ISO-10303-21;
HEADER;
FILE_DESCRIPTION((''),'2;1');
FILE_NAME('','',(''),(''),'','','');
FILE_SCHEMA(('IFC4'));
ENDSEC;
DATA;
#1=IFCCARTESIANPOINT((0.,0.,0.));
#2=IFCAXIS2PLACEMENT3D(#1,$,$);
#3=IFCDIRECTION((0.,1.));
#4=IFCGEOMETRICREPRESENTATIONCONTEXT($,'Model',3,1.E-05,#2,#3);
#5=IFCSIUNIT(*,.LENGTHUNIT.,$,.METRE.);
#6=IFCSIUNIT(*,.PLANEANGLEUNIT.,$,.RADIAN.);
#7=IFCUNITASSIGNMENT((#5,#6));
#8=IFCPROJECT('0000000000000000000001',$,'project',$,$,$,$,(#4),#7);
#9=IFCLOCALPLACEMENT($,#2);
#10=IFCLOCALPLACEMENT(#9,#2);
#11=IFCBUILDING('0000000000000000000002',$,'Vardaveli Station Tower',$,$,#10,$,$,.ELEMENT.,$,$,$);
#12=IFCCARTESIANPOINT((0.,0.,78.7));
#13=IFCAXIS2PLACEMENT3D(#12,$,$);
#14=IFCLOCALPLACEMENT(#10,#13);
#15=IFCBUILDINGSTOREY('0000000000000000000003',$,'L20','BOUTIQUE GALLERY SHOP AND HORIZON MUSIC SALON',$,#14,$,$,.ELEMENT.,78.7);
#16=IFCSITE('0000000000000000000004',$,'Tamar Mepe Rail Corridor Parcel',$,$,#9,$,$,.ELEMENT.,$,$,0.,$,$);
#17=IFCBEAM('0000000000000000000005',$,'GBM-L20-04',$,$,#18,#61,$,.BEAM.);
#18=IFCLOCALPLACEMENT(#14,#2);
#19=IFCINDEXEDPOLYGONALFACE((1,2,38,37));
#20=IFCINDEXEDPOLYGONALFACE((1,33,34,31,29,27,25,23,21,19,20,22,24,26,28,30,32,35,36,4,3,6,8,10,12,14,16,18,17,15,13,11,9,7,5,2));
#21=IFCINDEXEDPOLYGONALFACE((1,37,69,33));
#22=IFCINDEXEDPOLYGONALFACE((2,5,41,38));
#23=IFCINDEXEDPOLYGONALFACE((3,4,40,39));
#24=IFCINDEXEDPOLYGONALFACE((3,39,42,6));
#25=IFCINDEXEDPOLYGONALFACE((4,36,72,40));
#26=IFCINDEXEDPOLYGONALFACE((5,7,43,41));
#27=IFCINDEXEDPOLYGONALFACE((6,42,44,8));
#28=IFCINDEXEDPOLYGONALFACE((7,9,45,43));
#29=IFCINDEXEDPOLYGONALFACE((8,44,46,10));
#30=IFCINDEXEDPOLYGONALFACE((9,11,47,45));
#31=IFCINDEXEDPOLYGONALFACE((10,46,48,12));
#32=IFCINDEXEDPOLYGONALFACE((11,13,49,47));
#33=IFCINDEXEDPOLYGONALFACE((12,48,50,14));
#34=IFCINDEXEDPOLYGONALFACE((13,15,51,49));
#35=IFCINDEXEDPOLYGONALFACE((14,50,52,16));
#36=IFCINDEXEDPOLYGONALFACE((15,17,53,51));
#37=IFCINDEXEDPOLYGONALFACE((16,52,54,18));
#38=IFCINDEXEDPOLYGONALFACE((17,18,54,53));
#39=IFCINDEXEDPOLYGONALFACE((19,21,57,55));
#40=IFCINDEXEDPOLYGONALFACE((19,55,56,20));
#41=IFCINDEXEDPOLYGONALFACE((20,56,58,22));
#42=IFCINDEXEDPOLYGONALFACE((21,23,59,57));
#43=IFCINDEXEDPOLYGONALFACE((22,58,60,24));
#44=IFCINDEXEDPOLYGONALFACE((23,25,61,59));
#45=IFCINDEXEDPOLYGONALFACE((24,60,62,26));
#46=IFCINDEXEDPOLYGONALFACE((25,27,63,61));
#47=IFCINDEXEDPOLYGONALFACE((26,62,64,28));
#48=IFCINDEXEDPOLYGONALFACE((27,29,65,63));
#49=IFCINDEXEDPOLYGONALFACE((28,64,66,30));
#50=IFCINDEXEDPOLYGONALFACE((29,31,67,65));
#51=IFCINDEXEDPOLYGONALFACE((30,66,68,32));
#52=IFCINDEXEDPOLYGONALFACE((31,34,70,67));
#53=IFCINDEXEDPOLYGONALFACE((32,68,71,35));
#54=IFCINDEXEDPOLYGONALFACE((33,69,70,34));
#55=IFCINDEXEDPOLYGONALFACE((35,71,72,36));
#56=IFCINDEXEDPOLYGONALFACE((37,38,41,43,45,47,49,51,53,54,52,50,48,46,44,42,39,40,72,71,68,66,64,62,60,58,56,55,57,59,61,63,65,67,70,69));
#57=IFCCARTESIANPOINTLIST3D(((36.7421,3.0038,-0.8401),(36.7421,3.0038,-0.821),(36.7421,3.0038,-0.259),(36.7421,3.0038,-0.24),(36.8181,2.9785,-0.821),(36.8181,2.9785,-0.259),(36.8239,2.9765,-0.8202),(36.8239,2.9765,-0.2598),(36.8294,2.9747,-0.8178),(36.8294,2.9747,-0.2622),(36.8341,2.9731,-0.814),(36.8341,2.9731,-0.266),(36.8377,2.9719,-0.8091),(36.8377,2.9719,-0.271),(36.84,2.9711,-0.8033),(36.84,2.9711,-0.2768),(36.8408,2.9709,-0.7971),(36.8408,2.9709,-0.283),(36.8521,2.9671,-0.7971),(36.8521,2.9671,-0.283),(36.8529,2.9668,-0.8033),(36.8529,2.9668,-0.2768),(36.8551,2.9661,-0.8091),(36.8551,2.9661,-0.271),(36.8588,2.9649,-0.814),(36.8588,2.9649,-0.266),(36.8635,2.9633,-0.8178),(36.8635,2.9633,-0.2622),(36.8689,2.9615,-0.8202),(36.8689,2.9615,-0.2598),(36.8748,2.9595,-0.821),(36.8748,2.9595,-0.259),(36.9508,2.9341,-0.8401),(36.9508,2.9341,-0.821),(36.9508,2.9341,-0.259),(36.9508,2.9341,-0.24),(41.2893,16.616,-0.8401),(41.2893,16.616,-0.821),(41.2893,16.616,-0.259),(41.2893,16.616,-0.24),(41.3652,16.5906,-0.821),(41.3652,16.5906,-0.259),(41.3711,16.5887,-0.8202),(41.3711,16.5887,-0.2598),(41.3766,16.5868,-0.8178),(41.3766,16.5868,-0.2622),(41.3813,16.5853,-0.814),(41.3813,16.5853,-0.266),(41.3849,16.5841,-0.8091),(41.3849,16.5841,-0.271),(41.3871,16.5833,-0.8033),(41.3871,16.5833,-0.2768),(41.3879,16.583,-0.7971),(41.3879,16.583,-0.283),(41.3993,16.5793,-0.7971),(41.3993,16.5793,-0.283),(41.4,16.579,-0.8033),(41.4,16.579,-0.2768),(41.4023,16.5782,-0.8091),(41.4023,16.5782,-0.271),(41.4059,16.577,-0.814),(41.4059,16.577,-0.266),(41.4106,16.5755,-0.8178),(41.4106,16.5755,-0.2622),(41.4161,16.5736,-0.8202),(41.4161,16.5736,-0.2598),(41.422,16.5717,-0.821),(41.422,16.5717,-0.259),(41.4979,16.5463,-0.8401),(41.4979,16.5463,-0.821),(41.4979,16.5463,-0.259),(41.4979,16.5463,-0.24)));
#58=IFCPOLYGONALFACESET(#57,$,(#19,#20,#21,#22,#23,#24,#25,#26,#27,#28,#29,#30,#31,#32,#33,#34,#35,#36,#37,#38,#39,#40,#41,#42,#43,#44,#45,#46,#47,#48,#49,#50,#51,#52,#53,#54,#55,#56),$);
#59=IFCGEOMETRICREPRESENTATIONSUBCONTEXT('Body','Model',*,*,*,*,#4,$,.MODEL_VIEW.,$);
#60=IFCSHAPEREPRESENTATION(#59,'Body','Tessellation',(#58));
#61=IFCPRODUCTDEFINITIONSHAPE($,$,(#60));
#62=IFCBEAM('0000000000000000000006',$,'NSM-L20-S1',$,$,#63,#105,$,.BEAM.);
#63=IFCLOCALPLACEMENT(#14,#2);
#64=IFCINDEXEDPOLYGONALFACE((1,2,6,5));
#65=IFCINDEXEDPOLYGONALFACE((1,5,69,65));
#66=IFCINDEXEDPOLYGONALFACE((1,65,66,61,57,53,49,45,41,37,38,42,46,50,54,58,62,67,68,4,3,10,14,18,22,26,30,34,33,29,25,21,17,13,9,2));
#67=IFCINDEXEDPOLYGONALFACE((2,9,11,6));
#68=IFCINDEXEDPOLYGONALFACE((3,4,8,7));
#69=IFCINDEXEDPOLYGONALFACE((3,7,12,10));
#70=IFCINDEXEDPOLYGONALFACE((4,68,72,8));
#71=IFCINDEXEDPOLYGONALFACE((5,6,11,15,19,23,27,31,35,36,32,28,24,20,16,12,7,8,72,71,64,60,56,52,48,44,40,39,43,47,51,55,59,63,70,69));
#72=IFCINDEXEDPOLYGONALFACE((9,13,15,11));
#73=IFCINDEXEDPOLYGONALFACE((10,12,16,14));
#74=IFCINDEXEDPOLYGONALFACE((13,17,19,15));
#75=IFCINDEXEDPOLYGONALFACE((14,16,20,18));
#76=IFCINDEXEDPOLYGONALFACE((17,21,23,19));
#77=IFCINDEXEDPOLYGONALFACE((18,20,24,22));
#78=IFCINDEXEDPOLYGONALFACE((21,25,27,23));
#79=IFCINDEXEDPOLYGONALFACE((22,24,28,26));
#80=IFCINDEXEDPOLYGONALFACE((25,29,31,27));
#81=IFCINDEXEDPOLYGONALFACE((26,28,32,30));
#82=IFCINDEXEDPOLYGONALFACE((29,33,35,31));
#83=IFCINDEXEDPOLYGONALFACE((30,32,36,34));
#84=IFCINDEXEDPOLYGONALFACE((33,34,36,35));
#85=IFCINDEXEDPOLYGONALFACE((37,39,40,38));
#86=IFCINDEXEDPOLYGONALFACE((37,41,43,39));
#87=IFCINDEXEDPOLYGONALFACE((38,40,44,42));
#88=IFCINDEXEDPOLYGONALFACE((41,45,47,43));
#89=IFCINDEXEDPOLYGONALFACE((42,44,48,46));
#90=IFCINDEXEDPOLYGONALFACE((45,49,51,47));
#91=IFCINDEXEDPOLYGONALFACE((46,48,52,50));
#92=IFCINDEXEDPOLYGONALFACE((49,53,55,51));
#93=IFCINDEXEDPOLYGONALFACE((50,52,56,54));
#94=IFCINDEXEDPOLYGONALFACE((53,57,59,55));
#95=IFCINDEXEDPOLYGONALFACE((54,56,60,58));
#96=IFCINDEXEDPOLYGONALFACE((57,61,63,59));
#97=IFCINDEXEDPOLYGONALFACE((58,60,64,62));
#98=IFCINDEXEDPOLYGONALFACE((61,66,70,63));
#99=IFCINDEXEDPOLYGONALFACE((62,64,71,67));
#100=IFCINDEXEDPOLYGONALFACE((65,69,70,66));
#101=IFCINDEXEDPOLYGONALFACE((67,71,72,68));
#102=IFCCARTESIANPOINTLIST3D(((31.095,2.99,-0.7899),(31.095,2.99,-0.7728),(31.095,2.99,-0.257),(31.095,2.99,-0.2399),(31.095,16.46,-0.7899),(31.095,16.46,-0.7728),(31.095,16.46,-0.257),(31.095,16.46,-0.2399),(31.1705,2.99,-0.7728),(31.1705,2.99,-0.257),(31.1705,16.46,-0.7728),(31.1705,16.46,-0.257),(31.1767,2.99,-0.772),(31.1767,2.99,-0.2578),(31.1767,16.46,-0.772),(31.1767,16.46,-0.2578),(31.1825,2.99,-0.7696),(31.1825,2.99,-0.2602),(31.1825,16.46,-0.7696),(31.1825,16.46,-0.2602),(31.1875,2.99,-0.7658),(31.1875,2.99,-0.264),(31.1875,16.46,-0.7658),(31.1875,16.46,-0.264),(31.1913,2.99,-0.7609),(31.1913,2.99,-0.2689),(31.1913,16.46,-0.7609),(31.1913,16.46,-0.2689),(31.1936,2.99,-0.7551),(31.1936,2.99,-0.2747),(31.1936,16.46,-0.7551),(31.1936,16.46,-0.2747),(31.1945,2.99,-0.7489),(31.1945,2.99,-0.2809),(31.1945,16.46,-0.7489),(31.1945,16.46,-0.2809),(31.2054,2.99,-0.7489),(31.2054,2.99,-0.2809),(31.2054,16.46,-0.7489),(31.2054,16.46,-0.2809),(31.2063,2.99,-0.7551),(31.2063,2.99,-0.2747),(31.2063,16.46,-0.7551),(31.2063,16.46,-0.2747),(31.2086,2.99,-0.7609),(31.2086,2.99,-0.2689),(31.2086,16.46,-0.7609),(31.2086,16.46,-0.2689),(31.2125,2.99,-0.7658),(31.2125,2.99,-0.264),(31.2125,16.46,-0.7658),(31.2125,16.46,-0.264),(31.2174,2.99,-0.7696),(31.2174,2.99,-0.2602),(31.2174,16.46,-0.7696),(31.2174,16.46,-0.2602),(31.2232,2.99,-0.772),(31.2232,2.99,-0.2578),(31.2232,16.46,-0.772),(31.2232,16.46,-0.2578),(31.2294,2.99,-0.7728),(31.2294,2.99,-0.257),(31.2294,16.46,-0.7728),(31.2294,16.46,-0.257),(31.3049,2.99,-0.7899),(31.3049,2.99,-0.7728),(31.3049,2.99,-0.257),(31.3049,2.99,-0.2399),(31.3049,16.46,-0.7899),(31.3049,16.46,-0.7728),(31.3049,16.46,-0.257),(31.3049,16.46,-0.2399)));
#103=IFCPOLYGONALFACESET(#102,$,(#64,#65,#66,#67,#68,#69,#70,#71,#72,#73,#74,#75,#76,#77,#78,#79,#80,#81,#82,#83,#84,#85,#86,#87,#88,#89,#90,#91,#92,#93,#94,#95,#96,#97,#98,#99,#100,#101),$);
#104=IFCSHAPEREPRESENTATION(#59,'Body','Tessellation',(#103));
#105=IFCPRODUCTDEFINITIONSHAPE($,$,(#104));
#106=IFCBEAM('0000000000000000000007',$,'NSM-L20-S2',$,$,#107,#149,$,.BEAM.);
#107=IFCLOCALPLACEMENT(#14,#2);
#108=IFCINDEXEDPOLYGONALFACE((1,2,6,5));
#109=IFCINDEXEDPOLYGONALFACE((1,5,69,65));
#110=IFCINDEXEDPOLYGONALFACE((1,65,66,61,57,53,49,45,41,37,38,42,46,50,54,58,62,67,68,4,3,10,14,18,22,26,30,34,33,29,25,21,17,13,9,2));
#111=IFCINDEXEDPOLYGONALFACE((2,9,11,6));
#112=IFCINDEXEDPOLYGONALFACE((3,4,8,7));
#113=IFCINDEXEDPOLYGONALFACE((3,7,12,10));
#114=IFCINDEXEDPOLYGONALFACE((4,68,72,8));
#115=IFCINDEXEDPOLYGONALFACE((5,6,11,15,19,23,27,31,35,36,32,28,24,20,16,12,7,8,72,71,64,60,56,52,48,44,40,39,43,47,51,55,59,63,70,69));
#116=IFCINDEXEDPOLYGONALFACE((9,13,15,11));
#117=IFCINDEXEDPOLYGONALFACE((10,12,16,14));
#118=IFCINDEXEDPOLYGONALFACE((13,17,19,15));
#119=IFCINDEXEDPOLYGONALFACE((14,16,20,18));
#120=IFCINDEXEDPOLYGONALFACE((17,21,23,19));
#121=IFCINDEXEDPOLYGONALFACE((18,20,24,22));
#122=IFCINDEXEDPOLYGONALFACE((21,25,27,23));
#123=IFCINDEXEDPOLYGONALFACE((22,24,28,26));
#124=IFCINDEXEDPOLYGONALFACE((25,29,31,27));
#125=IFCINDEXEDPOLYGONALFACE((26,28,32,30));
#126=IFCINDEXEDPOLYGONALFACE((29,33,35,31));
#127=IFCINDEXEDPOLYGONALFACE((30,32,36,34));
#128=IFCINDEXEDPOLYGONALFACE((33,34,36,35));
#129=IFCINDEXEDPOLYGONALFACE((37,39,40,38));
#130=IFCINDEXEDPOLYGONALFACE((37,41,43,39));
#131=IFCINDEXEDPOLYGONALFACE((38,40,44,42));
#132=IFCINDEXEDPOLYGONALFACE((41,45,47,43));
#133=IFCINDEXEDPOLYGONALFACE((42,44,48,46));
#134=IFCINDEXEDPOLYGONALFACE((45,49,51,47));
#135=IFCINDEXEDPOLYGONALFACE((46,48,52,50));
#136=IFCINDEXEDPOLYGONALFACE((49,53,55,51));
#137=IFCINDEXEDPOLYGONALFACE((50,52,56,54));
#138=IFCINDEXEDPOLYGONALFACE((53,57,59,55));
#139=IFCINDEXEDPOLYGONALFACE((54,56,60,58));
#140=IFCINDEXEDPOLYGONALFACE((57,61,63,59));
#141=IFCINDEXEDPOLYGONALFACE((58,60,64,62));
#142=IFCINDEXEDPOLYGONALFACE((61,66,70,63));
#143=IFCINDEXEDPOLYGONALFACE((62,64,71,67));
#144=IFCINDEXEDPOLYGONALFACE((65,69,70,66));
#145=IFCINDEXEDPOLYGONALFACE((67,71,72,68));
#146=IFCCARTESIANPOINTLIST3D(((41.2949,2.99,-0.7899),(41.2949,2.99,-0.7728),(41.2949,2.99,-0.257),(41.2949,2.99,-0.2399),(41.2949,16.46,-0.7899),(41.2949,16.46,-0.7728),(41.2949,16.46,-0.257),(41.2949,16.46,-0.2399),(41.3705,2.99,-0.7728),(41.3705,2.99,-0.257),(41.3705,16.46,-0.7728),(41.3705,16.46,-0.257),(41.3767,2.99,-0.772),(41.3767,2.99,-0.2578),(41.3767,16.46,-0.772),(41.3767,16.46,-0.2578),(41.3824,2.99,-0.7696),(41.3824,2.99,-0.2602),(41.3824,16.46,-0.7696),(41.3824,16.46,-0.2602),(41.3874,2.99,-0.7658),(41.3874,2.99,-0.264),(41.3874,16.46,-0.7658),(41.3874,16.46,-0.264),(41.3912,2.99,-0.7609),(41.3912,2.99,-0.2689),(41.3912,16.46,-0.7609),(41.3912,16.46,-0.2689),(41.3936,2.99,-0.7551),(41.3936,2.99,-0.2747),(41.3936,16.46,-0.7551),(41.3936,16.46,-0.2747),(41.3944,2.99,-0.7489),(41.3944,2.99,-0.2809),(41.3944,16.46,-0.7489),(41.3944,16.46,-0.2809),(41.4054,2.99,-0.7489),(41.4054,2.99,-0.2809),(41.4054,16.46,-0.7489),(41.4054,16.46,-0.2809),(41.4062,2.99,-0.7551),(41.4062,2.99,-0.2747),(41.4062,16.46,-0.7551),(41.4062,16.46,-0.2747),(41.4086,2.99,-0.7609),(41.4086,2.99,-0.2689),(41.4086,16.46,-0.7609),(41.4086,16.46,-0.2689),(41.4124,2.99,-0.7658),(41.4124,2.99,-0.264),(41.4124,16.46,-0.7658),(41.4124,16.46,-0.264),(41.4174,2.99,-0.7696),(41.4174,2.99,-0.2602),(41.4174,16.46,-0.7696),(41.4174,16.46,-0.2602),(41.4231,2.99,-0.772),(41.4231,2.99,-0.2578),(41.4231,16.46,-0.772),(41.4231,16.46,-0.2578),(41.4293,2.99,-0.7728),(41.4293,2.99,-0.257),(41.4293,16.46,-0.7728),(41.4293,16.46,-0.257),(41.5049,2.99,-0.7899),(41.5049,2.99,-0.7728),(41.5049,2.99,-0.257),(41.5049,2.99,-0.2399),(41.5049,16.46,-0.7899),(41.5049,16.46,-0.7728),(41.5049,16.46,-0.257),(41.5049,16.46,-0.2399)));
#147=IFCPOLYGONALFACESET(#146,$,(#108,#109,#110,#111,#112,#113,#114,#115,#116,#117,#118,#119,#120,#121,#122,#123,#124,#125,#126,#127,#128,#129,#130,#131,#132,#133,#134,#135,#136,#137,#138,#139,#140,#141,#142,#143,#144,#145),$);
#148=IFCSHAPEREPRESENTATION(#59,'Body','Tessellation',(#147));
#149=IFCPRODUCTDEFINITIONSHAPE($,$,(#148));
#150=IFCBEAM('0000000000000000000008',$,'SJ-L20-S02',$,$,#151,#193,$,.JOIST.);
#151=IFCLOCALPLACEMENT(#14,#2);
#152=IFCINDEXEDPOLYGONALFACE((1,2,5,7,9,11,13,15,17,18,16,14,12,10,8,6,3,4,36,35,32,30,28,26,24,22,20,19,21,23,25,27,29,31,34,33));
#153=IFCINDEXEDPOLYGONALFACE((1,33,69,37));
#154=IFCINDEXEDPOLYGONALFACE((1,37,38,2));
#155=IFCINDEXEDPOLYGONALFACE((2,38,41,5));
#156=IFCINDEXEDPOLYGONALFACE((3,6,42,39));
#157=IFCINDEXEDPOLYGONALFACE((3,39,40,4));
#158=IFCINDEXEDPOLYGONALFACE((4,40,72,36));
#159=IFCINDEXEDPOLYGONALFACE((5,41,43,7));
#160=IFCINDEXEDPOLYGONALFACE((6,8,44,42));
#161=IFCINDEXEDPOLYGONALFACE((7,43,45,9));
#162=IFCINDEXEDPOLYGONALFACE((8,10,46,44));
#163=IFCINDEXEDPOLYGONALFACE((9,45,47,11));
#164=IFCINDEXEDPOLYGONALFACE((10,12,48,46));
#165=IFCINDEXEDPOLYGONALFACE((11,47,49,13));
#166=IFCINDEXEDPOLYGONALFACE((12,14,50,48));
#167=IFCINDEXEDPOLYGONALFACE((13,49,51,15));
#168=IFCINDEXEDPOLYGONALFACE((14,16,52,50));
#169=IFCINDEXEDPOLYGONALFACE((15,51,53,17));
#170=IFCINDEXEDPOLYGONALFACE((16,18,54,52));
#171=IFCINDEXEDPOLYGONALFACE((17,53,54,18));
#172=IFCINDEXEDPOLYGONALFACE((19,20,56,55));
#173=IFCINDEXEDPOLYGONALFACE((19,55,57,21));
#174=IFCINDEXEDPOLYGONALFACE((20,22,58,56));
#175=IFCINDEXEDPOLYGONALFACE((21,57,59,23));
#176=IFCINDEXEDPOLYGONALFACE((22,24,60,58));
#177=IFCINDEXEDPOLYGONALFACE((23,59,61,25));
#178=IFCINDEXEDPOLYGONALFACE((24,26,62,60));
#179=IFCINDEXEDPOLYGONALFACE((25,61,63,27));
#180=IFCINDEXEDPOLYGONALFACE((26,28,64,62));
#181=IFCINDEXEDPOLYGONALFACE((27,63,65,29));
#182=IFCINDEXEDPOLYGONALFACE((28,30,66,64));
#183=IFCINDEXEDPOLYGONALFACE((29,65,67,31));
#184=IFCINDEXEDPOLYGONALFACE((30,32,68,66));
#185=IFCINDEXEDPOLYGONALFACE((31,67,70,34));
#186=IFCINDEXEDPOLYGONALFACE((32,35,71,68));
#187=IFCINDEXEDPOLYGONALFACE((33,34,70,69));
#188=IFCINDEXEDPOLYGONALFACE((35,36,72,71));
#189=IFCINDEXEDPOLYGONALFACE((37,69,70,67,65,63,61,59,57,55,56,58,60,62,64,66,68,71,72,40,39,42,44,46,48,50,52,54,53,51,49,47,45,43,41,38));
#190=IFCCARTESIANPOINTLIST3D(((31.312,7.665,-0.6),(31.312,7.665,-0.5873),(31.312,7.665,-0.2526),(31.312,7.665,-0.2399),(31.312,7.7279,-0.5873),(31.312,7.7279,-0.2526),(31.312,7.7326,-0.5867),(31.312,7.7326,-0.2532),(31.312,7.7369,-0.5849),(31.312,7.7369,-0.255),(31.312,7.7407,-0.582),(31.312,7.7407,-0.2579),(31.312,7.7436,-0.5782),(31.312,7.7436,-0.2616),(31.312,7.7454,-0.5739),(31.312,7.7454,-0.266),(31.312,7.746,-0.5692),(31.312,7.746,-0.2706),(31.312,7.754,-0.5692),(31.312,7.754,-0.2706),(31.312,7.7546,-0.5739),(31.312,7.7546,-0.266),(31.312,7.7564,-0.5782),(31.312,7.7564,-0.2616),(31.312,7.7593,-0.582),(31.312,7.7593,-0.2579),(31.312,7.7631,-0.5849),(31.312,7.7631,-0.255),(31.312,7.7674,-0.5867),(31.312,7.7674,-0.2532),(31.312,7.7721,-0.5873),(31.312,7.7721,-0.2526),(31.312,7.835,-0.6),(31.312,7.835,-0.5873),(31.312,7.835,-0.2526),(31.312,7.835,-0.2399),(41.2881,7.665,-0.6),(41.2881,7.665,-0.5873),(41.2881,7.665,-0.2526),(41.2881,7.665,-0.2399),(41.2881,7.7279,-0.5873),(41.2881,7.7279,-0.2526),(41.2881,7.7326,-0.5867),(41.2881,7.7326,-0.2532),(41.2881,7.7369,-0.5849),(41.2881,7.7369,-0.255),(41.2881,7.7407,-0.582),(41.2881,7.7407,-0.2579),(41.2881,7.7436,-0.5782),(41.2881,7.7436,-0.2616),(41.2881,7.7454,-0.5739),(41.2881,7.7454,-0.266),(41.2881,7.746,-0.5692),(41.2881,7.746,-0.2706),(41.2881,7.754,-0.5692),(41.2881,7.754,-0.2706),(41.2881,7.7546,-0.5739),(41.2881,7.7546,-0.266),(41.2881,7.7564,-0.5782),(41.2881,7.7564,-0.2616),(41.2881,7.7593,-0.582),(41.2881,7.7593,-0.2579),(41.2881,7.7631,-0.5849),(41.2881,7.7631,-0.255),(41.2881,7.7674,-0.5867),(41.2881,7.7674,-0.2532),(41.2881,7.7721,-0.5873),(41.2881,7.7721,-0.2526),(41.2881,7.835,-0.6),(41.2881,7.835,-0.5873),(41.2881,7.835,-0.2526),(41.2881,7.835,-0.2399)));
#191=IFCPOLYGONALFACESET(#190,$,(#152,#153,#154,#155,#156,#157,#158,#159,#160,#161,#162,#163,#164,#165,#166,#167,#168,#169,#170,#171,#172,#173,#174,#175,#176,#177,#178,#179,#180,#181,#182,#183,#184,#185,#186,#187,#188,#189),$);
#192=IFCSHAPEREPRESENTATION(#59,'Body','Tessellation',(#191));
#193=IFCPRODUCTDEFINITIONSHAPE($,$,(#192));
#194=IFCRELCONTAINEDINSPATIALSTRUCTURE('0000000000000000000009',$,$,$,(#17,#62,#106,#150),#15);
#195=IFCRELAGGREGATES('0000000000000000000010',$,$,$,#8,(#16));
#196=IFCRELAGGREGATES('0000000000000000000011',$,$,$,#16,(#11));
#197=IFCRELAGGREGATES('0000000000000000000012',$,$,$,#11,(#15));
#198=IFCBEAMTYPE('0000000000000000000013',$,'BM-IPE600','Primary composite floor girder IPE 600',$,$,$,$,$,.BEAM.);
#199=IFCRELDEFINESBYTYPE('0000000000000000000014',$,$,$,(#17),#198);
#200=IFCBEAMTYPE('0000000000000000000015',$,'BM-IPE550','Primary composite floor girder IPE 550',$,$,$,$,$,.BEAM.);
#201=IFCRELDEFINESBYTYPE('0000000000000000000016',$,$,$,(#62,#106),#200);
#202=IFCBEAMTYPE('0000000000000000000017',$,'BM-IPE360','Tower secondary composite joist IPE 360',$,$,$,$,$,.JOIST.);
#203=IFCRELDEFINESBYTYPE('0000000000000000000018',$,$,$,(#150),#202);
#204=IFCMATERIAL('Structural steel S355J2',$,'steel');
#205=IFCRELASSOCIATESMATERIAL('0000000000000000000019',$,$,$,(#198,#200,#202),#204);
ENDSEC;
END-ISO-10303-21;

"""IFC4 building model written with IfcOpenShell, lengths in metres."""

from ifc_helpers import new_model, si_unit, direction, frame, origin, origin_2d, place, context, subcontext, project, spatial, i_section, extrude, source, transform, mapped, material, material_profile, profile_set, type_object, element, save


model = new_model("IFC4")

# Units and contexts
model_context = context("Model", 3, precision=1e-05, world=origin(), true_north=direction((0.0, 1.0)))
body_context = subcontext(model_context, "Body", "Model", "MODEL_VIEW")
ifc_project = project(units=[si_unit("LENGTHUNIT", "METRE"), si_unit("PLANEANGLEUNIT", "RADIAN")], contexts=[model_context])

# Site, building, storey
site_placement = place(None, origin())
site = spatial("IfcSite", under=ifc_project, at=site_placement, Name="Tamar Mepe Rail Corridor Parcel", CompositionType="ELEMENT", RefElevation=0.0)
building_placement = place(site_placement, origin())
building = spatial("IfcBuilding", under=site, at=building_placement, Name="Vardaveli Station Tower", CompositionType="ELEMENT")
storey_placement = place(building_placement, frame((0.0, 0.0, 78.7)))
storey = spatial("IfcBuildingStorey", under=building, at=storey_placement, Name="L20", Description="BOUTIQUE GALLERY SHOP AND HORIZON MUSIC SALON", CompositionType="ELEMENT", Elevation=78.7)

# Beams
ifc_material_1 = material(Name="Structural steel S355J2", Category="steel")
ifc_material_profile_1 = material_profile(ifc_material_1, i_section(OverallWidth=0.22, OverallDepth=0.6001, WebThickness=0.012, FlangeThickness=0.019, FilletRadius=0.0239, at=origin_2d()), Name="IPE 600")
ifc_profile_set_1 = profile_set([ifc_material_profile_1], Name="Structural steel S355J2")
beam_type_1 = type_object("IfcBeamType", Name="BM-IPE600", Description="Primary composite floor girder IPE 600", PredefinedType="BEAM", material=ifc_profile_set_1)
shared_shape_1 = source(origin(), body_context, "Body", "SweptSolid", [
    extrude(i_section(OverallWidth=0.22, OverallDepth=0.6001, WebThickness=0.012, FlangeThickness=0.019, FilletRadius=0.0239, at=origin_2d()), origin(), (0.0, 0.0, 1.0), 14.3516),
])
beam_1_placement = place(storey_placement, frame((36.8464, 2.969, -0.54), z_axis=(0.31684, 0.948479, 0.0), x_axis=(-0.948479, 0.31684, 0.0)))
element("IfcBeam", 1, at=beam_1_placement, inside=storey, type_object=beam_type_1, Name="GBM-L20-04", PredefinedType="BEAM", context=body_context, shape_type="MappedRepresentation", body=[
    mapped(shared_shape_1, transform((0.0, 0.0, 0.0), scale=1.0)),
])
ifc_material_profile_2 = material_profile(ifc_material_1, i_section(OverallWidth=0.21, OverallDepth=0.55, WebThickness=0.011, FlangeThickness=0.0171, FilletRadius=0.0239, at=origin_2d()), Name="IPE 550")
ifc_profile_set_2 = profile_set([ifc_material_profile_2], Name="Structural steel S355J2")
beam_type_2 = type_object("IfcBeamType", Name="BM-IPE550", Description="Primary composite floor girder IPE 550", PredefinedType="BEAM", material=ifc_profile_set_2)
shared_shape_2 = source(origin(), body_context, "Body", "SweptSolid", [
    extrude(i_section(OverallWidth=0.21, OverallDepth=0.55, WebThickness=0.011, FlangeThickness=0.0171, FilletRadius=0.0239, at=origin_2d()), origin(), (0.0, 0.0, 1.0), 13.47),
])
for number, where, z_axis, x_axis, name in (
    (2, (31.2, 2.99, -0.5149), (0.0, 1.0, 0.0), (-1.0, 0.0, 0.0), "NSM-L20-S1"),
    (3, (41.3999, 2.99, -0.5149), (0.0, 1.0, 0.0), (-1.0, 0.0, 0.0), "NSM-L20-S2"),
):
    element("IfcBeam", number, at=place(storey_placement, frame(where, z_axis=z_axis, x_axis=x_axis)), inside=storey, type_object=beam_type_2, Name=name, PredefinedType="BEAM", context=body_context, shape_type="MappedRepresentation", body=[
        mapped(shared_shape_2, transform((0.0, 0.0, 0.0), scale=1.0)),
    ])
ifc_material_profile_3 = material_profile(ifc_material_1, i_section(OverallWidth=0.1699, OverallDepth=0.3601, WebThickness=0.0081, FlangeThickness=0.0127, FilletRadius=0.0181, at=origin_2d()), Name="IPE 360")
ifc_profile_set_3 = profile_set([ifc_material_profile_3], Name="Structural steel S355J2")
beam_type_3 = type_object("IfcBeamType", Name="BM-IPE360", Description="Tower secondary composite joist IPE 360", PredefinedType="JOIST", material=ifc_profile_set_3)
shared_shape_3 = source(origin(), body_context, "Body", "SweptSolid", [
    extrude(i_section(OverallWidth=0.1699, OverallDepth=0.3601, WebThickness=0.0081, FlangeThickness=0.0127, FilletRadius=0.0181, at=origin_2d()), origin(), (0.0, 0.0, 1.0), 9.9761),
])
for number, where, z_axis, x_axis, name in (
    (4, (31.312, 7.75, -0.4199), (1.0, 0.0, 0.0), (0.0, 1.0, 0.0), "SJ-L20-S02"),
):
    element("IfcBeam", number, at=place(storey_placement, frame(where, z_axis=z_axis, x_axis=x_axis)), inside=storey, type_object=beam_type_3, Name=name, PredefinedType="JOIST", context=body_context, shape_type="MappedRepresentation", body=[
        mapped(shared_shape_3, transform((0.0, 0.0, 0.0), scale=1.0)),
    ])

save(model, "model.ifc")
